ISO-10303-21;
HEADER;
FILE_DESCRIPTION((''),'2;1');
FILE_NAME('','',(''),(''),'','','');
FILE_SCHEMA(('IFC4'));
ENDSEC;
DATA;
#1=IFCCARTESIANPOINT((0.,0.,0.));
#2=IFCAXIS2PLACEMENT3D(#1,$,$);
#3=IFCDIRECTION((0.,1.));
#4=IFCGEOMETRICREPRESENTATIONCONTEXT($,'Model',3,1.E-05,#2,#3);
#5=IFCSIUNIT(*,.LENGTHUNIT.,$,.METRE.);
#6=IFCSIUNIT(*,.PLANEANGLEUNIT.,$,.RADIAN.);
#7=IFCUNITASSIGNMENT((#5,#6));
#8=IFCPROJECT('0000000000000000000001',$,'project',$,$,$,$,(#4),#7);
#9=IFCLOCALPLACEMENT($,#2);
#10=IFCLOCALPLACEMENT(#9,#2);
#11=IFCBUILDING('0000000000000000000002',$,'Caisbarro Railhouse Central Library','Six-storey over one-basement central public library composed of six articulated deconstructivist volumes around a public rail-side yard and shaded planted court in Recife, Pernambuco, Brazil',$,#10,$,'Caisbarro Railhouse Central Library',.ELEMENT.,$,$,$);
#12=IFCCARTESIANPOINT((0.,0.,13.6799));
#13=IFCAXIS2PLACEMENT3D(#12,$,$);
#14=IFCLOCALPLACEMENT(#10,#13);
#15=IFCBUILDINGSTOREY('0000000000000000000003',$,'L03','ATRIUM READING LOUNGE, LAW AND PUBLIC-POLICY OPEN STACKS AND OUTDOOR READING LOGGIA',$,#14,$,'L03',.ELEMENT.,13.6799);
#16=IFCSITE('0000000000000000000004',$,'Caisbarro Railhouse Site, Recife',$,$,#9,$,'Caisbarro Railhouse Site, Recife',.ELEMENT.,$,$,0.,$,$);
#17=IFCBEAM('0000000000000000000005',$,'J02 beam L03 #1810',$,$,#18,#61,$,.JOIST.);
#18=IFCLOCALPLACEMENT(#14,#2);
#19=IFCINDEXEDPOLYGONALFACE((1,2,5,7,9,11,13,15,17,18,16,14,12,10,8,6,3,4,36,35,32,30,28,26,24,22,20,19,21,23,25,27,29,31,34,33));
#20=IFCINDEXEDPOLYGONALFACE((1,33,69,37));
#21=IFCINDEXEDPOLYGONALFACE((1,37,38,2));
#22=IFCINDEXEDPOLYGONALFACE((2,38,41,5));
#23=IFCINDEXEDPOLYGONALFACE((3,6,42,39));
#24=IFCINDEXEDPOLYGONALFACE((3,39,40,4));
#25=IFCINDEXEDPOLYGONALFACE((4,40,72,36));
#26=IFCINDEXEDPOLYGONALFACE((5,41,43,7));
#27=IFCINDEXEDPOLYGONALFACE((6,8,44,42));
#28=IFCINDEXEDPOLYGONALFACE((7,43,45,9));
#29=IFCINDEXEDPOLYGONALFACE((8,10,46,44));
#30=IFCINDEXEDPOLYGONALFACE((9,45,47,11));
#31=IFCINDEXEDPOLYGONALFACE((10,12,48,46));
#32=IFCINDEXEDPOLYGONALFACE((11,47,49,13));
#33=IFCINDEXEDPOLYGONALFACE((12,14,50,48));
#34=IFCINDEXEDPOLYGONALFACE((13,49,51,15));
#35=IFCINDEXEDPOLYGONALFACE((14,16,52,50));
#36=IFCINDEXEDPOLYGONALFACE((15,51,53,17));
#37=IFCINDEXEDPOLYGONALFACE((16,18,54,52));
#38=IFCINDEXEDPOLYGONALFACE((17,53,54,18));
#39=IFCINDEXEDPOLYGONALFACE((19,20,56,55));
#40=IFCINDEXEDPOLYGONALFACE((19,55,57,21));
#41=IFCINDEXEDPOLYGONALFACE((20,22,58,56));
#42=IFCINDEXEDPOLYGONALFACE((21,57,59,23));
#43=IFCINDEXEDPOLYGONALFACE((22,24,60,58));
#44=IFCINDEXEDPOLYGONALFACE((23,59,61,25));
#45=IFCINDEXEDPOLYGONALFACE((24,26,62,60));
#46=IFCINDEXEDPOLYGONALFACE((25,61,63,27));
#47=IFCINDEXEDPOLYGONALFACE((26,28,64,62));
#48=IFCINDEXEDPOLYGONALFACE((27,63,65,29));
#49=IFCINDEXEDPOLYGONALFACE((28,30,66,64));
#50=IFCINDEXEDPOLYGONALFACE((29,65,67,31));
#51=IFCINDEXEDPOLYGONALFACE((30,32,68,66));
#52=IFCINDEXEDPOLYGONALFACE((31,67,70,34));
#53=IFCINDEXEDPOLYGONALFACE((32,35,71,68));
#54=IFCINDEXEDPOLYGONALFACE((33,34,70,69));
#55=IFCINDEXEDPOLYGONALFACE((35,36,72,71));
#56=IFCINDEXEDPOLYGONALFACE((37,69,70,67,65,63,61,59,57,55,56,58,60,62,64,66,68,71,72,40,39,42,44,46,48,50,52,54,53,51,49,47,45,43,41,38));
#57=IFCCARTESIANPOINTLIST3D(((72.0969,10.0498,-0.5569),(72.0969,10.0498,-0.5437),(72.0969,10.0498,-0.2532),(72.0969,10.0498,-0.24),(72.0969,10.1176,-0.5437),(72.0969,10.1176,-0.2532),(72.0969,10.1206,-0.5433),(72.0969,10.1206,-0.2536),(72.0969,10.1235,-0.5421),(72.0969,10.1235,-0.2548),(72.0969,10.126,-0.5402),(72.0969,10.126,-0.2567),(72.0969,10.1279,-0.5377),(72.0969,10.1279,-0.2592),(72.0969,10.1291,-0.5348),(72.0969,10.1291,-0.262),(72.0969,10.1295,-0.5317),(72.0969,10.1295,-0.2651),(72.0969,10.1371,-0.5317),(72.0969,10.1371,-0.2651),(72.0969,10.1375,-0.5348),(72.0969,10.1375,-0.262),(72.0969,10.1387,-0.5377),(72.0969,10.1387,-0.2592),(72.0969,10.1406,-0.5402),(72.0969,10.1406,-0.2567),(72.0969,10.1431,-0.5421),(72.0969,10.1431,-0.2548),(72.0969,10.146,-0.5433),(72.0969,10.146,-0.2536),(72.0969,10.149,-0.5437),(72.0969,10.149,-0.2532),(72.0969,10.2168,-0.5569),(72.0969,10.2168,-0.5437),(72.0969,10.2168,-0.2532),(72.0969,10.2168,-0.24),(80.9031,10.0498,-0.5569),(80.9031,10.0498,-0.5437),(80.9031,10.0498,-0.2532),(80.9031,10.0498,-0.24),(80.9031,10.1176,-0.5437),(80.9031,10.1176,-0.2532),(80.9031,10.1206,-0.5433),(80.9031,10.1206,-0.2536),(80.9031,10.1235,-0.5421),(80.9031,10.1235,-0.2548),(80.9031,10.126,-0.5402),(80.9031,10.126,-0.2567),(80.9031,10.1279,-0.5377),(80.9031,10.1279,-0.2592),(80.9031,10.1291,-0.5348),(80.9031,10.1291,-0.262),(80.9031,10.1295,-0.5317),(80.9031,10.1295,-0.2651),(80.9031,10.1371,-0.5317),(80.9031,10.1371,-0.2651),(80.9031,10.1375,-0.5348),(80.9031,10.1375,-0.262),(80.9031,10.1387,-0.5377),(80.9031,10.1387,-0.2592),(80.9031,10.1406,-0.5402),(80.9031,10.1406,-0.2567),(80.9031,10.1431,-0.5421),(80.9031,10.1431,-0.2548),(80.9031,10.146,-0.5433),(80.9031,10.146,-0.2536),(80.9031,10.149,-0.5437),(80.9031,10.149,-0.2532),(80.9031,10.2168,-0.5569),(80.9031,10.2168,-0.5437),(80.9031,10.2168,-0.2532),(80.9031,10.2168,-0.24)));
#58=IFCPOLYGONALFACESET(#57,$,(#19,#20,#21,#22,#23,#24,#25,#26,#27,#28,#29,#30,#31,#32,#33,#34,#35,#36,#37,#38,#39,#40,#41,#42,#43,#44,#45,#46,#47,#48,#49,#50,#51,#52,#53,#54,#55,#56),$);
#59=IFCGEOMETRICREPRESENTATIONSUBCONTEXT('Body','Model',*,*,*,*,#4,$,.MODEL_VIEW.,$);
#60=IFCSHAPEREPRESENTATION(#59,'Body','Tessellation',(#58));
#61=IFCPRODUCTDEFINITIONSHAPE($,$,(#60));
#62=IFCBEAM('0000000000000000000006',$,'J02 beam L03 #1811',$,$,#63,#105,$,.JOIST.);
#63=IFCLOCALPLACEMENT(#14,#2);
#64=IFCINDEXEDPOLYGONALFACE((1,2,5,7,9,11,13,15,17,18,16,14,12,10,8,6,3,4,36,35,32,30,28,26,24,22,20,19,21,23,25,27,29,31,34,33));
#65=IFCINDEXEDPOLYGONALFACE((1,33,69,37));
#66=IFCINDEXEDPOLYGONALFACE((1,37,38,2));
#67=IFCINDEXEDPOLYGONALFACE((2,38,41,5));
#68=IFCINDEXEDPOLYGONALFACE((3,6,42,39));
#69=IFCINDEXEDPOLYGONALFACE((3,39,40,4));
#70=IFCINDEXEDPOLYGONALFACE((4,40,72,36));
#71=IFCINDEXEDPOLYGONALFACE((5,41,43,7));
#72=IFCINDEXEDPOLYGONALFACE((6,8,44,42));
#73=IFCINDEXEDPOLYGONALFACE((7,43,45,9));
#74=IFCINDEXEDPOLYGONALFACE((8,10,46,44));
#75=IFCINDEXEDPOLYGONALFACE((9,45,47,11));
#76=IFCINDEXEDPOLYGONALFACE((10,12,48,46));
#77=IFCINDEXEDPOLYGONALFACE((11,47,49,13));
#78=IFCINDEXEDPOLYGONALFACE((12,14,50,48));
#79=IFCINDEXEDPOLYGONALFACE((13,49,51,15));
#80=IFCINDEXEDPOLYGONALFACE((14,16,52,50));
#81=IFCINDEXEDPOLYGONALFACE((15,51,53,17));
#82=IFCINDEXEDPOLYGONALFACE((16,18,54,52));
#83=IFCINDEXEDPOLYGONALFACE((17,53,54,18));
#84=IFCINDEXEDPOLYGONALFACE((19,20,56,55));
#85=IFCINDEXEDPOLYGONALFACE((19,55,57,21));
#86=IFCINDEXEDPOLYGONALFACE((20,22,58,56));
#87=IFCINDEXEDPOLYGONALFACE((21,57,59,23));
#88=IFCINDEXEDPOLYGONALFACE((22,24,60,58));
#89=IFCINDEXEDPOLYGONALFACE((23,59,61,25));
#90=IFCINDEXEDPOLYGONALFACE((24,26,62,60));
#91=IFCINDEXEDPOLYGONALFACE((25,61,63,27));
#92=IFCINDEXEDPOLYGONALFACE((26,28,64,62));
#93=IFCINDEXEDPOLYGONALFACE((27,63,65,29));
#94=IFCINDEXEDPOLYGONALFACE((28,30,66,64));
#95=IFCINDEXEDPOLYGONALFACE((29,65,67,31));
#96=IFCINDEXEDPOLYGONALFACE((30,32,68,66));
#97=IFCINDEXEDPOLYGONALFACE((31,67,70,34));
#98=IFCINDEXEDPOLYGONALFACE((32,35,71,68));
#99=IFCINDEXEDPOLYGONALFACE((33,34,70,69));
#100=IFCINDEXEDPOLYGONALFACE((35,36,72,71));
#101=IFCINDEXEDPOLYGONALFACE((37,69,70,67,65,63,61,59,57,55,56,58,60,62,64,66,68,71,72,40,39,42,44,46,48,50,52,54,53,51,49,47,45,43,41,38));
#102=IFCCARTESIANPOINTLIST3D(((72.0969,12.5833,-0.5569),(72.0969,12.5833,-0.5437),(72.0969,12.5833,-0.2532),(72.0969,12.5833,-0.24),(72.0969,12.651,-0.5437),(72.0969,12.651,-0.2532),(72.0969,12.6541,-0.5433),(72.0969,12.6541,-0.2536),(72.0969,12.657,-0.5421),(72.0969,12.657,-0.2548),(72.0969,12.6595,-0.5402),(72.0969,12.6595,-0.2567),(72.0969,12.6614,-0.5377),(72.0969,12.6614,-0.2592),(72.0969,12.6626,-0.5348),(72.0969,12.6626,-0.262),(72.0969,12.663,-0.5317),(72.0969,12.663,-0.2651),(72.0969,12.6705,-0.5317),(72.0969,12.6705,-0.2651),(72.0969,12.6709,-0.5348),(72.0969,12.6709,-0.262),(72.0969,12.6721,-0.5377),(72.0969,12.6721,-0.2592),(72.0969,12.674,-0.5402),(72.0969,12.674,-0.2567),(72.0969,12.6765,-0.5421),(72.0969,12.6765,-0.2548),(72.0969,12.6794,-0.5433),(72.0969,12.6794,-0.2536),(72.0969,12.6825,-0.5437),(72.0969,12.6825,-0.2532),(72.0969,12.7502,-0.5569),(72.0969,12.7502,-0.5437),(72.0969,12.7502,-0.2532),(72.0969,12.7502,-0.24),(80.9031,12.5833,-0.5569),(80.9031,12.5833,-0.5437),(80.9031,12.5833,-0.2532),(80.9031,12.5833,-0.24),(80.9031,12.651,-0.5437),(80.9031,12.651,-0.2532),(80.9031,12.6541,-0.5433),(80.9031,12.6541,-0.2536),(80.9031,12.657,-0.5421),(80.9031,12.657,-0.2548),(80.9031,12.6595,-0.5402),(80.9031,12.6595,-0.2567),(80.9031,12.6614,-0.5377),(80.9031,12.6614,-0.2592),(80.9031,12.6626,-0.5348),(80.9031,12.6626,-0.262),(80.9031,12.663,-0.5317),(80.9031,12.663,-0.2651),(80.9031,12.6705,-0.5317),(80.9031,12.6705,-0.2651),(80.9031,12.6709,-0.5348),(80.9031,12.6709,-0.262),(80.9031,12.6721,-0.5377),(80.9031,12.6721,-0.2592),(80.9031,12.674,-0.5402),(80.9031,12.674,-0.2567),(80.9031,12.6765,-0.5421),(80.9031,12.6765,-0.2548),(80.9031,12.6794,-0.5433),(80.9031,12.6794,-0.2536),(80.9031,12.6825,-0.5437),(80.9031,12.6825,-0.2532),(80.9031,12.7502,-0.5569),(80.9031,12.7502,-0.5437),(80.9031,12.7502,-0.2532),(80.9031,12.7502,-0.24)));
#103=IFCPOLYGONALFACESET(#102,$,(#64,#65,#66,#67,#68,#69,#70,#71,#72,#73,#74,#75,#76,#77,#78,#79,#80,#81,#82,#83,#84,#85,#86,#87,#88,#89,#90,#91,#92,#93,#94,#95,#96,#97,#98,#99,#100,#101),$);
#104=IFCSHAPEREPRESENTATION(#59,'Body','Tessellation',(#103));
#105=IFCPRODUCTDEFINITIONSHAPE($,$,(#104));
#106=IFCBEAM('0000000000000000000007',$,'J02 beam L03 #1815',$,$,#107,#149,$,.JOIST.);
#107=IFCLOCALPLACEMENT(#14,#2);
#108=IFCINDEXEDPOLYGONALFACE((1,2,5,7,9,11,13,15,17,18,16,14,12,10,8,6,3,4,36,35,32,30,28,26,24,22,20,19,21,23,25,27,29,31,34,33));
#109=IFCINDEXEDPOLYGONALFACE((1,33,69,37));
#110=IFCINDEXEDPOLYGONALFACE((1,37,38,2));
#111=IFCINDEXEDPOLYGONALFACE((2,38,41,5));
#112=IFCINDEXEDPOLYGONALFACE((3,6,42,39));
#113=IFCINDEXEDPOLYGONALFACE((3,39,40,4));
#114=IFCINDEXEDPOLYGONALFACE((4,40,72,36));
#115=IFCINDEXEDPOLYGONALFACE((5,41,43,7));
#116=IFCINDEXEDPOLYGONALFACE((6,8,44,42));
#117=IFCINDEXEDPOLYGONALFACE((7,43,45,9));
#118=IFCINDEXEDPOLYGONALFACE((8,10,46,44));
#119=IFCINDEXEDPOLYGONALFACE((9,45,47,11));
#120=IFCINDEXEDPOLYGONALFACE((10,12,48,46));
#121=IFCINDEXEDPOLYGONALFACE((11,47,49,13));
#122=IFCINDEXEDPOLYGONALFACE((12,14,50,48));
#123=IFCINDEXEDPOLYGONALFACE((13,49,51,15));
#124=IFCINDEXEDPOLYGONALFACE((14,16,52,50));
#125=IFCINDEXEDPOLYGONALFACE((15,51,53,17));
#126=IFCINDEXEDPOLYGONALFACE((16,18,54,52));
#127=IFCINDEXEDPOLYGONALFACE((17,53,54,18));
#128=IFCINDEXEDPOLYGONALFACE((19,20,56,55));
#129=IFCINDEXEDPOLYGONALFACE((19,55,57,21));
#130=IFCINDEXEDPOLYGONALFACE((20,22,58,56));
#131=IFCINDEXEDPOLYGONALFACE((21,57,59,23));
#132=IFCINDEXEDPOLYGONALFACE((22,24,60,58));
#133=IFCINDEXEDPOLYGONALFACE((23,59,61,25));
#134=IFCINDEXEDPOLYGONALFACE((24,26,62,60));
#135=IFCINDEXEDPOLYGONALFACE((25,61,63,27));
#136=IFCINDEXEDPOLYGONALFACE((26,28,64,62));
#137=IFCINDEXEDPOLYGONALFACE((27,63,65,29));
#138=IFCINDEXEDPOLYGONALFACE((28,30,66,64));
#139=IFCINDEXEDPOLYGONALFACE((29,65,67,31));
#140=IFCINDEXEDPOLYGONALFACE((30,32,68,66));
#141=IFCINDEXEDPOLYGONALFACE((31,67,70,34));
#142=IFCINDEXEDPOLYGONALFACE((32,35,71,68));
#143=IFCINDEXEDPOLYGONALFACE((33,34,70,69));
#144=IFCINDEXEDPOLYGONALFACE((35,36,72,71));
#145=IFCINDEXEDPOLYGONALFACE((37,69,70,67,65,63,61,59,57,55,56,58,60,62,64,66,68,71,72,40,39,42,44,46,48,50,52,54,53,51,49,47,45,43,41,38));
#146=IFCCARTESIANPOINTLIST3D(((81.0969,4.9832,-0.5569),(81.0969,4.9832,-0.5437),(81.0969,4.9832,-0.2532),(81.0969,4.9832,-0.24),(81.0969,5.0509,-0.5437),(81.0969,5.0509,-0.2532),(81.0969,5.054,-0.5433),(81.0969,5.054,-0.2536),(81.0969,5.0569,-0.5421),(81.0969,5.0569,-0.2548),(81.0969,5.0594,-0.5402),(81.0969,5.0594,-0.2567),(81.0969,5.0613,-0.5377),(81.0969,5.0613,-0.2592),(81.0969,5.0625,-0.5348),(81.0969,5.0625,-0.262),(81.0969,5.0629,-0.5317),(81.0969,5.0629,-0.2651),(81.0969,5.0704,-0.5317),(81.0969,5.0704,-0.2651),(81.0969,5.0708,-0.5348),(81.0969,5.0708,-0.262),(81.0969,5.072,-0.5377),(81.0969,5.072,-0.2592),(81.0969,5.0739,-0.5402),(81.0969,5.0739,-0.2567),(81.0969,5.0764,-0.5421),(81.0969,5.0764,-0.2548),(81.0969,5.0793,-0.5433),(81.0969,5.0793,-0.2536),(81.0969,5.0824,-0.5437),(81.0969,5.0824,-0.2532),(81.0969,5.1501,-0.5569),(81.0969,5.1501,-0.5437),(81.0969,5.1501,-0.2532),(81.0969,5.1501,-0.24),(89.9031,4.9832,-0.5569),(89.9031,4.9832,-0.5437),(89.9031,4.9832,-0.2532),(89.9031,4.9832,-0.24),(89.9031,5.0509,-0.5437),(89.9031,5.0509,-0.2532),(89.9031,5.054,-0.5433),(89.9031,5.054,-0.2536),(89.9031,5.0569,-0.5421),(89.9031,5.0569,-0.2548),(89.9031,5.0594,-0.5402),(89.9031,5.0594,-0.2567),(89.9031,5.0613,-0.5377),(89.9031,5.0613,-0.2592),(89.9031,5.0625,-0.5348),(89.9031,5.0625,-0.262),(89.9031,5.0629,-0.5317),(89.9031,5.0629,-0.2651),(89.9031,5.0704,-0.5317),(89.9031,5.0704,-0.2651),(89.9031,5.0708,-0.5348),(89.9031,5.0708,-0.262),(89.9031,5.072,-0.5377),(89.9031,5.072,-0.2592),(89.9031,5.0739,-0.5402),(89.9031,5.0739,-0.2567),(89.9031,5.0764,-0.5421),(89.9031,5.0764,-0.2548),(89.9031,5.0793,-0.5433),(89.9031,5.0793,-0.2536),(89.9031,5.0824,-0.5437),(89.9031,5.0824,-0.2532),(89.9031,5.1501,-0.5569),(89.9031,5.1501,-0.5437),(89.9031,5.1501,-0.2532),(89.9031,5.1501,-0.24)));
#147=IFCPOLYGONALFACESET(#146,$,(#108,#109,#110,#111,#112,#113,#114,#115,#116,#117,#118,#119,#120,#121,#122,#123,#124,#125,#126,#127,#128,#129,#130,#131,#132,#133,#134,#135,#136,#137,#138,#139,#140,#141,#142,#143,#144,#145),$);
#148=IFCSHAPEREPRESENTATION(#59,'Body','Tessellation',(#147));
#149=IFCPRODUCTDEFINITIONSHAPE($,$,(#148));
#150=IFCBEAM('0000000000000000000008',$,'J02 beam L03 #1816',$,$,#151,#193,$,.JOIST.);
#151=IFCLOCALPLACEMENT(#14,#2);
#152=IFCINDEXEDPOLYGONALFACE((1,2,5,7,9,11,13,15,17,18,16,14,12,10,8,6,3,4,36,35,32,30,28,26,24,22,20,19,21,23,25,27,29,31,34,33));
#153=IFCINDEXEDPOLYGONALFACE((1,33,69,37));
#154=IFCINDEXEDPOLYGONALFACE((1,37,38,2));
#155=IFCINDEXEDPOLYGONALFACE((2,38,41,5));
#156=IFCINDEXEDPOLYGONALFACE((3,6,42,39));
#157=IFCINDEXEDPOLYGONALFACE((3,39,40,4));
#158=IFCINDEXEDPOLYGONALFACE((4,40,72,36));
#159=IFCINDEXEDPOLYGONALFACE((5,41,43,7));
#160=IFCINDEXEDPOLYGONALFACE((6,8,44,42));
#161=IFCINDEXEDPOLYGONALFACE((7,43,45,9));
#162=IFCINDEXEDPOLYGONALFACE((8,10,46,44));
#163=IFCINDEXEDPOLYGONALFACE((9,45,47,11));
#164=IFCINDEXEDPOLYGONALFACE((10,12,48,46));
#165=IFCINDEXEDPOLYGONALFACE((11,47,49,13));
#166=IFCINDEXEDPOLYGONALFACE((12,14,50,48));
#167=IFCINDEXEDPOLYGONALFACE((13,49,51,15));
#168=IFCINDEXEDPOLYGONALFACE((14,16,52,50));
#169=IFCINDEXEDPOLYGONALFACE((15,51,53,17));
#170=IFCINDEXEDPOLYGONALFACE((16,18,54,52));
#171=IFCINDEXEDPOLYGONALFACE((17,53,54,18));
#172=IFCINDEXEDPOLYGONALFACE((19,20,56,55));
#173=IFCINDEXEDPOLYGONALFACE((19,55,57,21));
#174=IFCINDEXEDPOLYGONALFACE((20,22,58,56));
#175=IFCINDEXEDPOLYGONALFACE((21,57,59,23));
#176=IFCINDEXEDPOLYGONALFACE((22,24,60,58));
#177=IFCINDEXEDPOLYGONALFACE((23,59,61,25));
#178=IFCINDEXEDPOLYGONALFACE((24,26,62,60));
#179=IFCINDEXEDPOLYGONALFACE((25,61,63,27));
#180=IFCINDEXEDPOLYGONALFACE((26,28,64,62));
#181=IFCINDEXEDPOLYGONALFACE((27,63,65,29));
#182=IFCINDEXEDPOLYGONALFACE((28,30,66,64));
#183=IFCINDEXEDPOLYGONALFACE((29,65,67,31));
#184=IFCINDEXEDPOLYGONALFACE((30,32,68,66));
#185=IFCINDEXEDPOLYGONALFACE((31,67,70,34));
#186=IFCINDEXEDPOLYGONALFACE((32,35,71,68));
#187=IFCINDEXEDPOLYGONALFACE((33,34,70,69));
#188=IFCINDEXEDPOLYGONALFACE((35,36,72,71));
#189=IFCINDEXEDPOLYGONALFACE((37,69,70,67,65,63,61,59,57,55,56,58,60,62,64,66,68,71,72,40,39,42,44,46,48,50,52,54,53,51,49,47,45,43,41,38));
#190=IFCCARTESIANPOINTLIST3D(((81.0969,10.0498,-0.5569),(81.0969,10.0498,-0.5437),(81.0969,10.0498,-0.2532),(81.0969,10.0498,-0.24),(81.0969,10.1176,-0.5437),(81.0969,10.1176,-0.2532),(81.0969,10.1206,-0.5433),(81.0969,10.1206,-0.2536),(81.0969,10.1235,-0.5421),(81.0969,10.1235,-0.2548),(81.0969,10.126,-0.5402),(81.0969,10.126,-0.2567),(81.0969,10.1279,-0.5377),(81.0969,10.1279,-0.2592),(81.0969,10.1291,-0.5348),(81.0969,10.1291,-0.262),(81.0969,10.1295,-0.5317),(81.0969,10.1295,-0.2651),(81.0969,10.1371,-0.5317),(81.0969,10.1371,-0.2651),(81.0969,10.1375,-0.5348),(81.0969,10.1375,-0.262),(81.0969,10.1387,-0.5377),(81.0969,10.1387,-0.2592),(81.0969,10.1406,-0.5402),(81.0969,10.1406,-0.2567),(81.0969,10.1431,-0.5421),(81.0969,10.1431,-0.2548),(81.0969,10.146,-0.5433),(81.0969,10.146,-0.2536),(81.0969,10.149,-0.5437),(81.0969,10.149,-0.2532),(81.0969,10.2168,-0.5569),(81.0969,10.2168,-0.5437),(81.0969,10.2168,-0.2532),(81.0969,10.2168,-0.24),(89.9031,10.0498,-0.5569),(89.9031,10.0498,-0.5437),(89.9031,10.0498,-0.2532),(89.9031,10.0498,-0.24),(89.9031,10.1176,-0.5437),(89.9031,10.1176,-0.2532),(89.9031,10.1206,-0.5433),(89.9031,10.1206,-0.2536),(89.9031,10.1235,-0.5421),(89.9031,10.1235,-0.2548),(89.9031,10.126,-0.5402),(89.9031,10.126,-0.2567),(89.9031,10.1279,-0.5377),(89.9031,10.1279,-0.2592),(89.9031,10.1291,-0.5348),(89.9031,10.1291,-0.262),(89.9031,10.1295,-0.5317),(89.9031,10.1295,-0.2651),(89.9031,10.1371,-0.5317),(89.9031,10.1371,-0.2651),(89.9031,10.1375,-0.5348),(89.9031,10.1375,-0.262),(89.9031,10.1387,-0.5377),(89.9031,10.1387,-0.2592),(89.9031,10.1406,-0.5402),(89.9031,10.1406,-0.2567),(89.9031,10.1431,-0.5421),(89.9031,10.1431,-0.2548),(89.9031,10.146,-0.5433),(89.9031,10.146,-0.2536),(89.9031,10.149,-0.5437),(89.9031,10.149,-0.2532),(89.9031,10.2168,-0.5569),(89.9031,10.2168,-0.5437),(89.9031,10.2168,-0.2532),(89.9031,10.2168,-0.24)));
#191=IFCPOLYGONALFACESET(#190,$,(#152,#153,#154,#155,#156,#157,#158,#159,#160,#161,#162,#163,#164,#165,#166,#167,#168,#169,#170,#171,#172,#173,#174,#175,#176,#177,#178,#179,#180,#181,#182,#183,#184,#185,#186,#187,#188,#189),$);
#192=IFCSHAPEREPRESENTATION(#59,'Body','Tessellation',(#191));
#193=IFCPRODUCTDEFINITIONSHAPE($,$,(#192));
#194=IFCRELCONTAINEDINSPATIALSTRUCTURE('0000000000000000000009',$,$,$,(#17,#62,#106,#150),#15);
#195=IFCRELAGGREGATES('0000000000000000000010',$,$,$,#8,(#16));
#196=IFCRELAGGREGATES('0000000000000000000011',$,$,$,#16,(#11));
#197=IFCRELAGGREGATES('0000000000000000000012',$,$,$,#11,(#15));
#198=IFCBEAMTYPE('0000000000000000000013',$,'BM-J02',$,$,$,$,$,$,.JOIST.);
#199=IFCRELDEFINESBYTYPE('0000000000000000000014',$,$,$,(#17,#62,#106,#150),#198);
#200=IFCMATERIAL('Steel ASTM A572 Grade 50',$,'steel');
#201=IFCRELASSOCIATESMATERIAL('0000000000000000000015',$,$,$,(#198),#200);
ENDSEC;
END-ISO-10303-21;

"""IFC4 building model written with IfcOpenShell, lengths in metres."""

from ifc_helpers import new_model, si_unit, direction, frame, origin, origin_2d, place, context, subcontext, project, spatial, i_section, extrude, material, material_profile, profile_set, type_object, element, save


model = new_model("IFC4")

# Units and contexts
model_context = context("Model", 3, precision=1e-05, world=origin(), true_north=direction((0.0, 1.0)))
body_context = subcontext(model_context, "Body", "Model", "MODEL_VIEW")
ifc_project = project(units=[si_unit("LENGTHUNIT", "METRE"), si_unit("PLANEANGLEUNIT", "RADIAN")], contexts=[model_context])

# Site, building, storey
site_placement = place(None, origin())
site = spatial("IfcSite", under=ifc_project, at=site_placement, Name="Caisbarro Railhouse Site, Recife", LongName="Caisbarro Railhouse Site, Recife", CompositionType="ELEMENT", RefElevation=0.0)
building_placement = place(site_placement, origin())
building = spatial("IfcBuilding", under=site, at=building_placement, Name="Caisbarro Railhouse Central Library", Description="Six-storey over one-basement central public library composed of six articulated deconstructivist volumes around a public rail-side yard and shaded planted court in Recife, Pernambuco, Brazil", LongName="Caisbarro Railhouse Central Library", CompositionType="ELEMENT")
storey_placement = place(building_placement, frame((0.0, 0.0, 13.6799)))
storey = spatial("IfcBuildingStorey", under=building, at=storey_placement, Name="L03", Description="ATRIUM READING LOUNGE, LAW AND PUBLIC-POLICY OPEN STACKS AND OUTDOOR READING LOGGIA", LongName="L03", CompositionType="ELEMENT", Elevation=13.6799)

# Shared definitions
ifc_material_1 = material(Name="Steel ASTM A572 Grade 50", Category="steel")

# Beams
ifc_material_profile_1 = material_profile(ifc_material_1, i_section(OverallWidth=0.167, OverallDepth=0.3169, WebThickness=0.0076, FlangeThickness=0.0132, FilletRadius=0.012, at=origin_2d()), Name="W310X52.0")
ifc_profile_set_1 = profile_set([ifc_material_profile_1], Name="Steel ASTM A572 Grade 50")
beam_type_1 = type_object("IfcBeamType", Name="BM-J02", PredefinedType="JOIST", material=ifc_profile_set_1)
for number, where, z_axis, x_axis, name in (
    (1, (72.0969, 10.1333, -0.3984), (1.0, 0.0, 0.0), (0.0, 1.0, 0.0), "J02 beam L03 #1810"),
    (2, (72.0969, 12.6667, -0.3984), (1.0, 0.0, 0.0), (0.0, 1.0, 0.0), "J02 beam L03 #1811"),
    (3, (81.0969, 5.0667, -0.3984), (1.0, 0.0, 0.0), (0.0, 1.0, 0.0), "J02 beam L03 #1815"),
    (4, (81.0969, 10.1333, -0.3984), (1.0, 0.0, 0.0), (0.0, 1.0, 0.0), "J02 beam L03 #1816"),
):
    element("IfcBeam", number, at=place(storey_placement, frame(where, z_axis=z_axis, x_axis=x_axis)), inside=storey, type_object=beam_type_1, Name=name, PredefinedType="JOIST", context=body_context, shape_type="SweptSolid", body=[
        extrude(i_section(OverallWidth=0.167, OverallDepth=0.3169, WebThickness=0.0076, FlangeThickness=0.0132, FilletRadius=0.012, at=origin_2d()), origin(), (0.0, 0.0, 1.0), 8.8062),
    ])

save(model, "model.ifc")
